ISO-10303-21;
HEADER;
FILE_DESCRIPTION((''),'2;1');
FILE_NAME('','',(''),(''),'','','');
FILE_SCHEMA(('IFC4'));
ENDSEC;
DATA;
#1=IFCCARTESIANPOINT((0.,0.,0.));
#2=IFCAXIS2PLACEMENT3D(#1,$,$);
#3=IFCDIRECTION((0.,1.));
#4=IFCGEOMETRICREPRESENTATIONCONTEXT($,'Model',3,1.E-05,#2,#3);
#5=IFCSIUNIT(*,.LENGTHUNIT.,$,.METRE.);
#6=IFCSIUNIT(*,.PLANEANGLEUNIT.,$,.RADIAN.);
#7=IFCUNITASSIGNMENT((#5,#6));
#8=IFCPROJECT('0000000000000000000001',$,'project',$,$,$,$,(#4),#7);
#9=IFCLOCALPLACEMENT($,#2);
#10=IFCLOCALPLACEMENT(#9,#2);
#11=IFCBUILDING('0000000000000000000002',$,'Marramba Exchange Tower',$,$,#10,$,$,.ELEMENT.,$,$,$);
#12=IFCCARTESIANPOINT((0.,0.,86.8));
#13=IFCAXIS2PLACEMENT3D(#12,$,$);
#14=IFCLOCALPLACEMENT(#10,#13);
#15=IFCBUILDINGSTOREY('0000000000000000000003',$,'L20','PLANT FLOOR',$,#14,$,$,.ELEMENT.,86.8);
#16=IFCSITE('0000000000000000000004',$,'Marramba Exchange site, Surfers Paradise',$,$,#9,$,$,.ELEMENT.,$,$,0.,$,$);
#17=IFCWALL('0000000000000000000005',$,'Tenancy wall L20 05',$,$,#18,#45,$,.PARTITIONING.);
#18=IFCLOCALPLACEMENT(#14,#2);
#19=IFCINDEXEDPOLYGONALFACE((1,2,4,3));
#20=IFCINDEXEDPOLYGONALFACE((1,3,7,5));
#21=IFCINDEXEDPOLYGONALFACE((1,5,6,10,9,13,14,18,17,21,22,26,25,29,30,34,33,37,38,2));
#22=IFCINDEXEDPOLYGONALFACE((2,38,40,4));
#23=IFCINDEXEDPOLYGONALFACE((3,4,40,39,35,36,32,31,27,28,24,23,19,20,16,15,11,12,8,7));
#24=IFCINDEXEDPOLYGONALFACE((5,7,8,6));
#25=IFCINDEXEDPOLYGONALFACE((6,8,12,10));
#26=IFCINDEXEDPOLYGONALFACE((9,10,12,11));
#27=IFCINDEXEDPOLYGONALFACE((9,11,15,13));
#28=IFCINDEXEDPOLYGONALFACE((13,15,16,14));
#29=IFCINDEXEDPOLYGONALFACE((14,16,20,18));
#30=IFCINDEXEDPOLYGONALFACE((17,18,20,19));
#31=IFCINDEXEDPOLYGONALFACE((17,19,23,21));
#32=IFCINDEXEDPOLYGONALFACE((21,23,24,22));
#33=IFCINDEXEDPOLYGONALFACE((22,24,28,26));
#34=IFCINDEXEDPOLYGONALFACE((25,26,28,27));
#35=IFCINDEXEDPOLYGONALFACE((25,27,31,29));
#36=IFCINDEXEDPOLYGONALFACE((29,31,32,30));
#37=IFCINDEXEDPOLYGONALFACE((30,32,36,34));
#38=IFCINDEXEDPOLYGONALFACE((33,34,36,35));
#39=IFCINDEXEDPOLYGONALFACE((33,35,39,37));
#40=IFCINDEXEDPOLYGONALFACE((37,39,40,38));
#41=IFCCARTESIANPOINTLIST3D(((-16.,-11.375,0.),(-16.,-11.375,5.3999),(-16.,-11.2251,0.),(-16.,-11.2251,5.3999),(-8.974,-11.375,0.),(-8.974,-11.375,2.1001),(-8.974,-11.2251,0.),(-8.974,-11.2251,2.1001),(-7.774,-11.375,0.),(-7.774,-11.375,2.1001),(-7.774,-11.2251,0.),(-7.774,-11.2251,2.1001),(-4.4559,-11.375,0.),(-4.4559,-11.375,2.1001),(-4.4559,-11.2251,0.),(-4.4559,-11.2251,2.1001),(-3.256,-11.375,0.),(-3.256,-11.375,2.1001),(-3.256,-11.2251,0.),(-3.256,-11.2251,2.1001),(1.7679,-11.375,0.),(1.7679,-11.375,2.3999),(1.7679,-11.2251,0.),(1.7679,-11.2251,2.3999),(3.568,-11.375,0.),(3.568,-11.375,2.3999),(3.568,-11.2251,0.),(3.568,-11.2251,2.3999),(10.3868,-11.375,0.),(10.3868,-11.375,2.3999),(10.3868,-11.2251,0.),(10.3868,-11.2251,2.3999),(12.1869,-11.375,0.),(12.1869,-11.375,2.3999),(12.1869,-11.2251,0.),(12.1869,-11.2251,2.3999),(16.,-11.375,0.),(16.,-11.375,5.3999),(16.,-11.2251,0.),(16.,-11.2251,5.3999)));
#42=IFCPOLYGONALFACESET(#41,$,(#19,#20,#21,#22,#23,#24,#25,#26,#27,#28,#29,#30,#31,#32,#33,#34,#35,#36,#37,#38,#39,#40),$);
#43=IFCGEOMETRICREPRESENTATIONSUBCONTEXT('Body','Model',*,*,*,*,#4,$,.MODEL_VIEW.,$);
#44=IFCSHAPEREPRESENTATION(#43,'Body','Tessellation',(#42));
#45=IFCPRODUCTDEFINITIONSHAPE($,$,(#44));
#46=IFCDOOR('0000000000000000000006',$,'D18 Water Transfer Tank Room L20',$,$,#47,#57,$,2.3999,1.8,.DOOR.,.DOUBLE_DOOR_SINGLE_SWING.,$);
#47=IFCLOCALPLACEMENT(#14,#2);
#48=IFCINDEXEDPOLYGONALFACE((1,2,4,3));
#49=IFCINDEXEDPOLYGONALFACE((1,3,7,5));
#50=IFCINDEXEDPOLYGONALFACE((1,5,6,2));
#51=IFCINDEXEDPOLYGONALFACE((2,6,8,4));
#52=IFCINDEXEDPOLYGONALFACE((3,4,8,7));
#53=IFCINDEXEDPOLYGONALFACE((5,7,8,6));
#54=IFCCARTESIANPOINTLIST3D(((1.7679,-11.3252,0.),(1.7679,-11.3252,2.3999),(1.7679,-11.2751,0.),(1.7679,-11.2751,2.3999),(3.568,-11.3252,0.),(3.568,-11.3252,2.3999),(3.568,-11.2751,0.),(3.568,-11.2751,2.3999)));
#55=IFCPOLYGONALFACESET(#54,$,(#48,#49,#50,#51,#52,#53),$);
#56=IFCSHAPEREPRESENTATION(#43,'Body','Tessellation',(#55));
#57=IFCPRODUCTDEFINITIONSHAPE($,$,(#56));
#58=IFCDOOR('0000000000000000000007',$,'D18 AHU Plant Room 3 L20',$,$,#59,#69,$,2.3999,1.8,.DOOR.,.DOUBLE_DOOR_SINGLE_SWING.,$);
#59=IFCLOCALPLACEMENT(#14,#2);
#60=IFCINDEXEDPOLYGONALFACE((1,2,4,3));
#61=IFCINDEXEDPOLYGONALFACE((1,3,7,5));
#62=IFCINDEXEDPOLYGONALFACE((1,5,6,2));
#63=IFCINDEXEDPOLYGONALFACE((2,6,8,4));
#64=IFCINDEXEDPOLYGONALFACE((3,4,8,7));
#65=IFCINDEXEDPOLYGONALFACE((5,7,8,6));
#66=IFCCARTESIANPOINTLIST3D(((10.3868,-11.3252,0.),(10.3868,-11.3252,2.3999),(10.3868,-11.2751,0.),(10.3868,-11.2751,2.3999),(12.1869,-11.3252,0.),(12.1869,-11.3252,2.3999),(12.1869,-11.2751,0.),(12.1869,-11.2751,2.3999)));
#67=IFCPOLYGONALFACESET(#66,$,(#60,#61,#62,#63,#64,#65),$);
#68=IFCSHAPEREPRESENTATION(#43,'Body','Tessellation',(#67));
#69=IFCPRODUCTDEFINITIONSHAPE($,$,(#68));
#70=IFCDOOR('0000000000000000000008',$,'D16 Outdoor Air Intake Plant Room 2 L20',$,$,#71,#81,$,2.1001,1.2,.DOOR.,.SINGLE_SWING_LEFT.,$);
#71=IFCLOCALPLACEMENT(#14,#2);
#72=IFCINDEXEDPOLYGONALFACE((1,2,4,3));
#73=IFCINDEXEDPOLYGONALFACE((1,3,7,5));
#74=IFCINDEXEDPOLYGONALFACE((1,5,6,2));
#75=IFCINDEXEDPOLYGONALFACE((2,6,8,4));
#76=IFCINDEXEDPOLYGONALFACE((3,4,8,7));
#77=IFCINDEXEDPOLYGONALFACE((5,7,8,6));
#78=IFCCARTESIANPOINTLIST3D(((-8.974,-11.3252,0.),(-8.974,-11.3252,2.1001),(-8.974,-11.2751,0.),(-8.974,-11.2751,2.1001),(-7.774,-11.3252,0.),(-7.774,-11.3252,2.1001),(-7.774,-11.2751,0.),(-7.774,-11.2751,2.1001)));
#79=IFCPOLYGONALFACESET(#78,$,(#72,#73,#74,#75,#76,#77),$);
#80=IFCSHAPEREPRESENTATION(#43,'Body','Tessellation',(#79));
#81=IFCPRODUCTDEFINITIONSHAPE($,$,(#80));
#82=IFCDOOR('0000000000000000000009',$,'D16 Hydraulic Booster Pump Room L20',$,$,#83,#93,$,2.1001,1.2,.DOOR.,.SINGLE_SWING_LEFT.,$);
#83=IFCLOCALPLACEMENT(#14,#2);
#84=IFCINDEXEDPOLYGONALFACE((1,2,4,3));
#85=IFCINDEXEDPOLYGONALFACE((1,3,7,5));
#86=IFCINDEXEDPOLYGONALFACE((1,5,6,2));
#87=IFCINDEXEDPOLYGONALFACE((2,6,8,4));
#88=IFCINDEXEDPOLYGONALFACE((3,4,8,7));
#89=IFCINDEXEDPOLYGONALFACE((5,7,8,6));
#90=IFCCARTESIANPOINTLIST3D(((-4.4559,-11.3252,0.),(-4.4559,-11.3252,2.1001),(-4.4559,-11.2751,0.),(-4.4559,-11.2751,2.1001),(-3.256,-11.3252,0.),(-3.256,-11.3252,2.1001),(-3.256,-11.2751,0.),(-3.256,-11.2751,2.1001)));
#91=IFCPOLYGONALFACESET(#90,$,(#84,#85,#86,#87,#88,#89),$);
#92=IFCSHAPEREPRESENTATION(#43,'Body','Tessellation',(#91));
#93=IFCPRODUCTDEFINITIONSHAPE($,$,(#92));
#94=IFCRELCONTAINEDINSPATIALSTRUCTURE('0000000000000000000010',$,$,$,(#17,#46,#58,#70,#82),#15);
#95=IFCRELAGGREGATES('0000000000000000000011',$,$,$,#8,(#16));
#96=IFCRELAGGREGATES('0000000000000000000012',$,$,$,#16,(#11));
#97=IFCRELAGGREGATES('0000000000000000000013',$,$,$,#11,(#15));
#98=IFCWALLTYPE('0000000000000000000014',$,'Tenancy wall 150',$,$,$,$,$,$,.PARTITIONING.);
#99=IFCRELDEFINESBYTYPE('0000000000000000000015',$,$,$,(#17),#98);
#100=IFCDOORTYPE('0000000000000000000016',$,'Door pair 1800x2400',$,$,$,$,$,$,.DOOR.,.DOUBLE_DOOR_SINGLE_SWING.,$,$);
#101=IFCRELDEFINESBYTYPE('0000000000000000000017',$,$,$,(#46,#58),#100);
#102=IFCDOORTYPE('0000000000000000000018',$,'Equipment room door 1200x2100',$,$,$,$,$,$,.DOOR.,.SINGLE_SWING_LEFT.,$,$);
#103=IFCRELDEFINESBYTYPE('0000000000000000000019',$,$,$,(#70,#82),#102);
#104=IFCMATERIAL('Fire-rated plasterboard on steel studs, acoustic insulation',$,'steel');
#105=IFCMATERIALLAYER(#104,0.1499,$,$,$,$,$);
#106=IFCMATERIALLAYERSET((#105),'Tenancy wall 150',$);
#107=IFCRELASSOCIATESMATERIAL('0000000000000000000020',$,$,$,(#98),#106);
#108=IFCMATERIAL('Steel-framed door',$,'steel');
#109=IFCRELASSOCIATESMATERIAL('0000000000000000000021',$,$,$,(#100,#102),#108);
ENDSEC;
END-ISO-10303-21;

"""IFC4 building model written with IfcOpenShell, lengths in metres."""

from ifc_helpers import new_model, si_unit, direction, frame, frame_2d, origin, place, context, subcontext, project, spatial, rectangle, extrude, material, layer, layer_set, type_object, element, fill, save


model = new_model("IFC4")

# Units and contexts
model_context = context("Model", 3, precision=1e-05, world=origin(), true_north=direction((0.0, 1.0)))
body_context = subcontext(model_context, "Body", "Model", "MODEL_VIEW")
ifc_project = project(units=[si_unit("LENGTHUNIT", "METRE"), si_unit("PLANEANGLEUNIT", "RADIAN")], contexts=[model_context])

# Site, building, storey
site_placement = place(None, origin())
site = spatial("IfcSite", under=ifc_project, at=site_placement, Name="Marramba Exchange site, Surfers Paradise", CompositionType="ELEMENT", RefElevation=0.0)
building_placement = place(site_placement, origin())
building = spatial("IfcBuilding", under=site, at=building_placement, Name="Marramba Exchange Tower", CompositionType="ELEMENT")
storey_placement = place(building_placement, frame((0.0, 0.0, 86.8)))
storey = spatial("IfcBuildingStorey", under=building, at=storey_placement, Name="L20", Description="PLANT FLOOR", CompositionType="ELEMENT", Elevation=86.8)

# Wall, openings, doors
ifc_material_1 = material(Name="Steel-framed door", Category="steel")
ifc_material_2 = material(Name="Fire-rated plasterboard on steel studs, acoustic insulation", Category="steel")
ifc_layer_1 = layer(ifc_material_2, 0.1499)
ifc_layer_set_1 = layer_set([ifc_layer_1], Name="Tenancy wall 150")
wall_type_1 = type_object("IfcWallType", Name="Tenancy wall 150", PredefinedType="PARTITIONING", material=ifc_layer_set_1)
wall_1_placement = place(storey_placement, frame((-16.0, -11.3, 0.0), z_axis=(0.0, 0.0, 1.0), x_axis=(1.0, 0.0, 0.0)))
wall_1 = element("IfcWall", 1, at=wall_1_placement, inside=storey, type_object=wall_type_1, Name="Tenancy wall L20 05", PredefinedType="PARTITIONING", context=body_context, shape_type="SweptSolid", body=[
    extrude(rectangle(XDim=32.0, YDim=0.1499, at=frame_2d((16.0, 0.0))), origin(), (0.0, 0.0, 1.0), 5.3999),
])
opening_1_placement = place(wall_1_placement, frame((7.0259, 0.0, 0.0)))
opening_1 = element("IfcOpeningElement", 2, at=opening_1_placement, cuts=wall_1, PredefinedType="OPENING", context=body_context, shape_type="SweptSolid", body=[
    extrude(rectangle(XDim=1.2, YDim=2.1001, at=frame_2d((0.6001, 1.05))), frame((0.0, 0.085, 0.0), z_axis=(0.0, -1.0, 0.0), x_axis=(1.0, 0.0, 0.0)), (0.0, 0.0, 1.0), 0.1699),
])
opening_2_placement = place(wall_1_placement, frame((11.5439, 0.0, 0.0)))
opening_2 = element("IfcOpeningElement", 3, at=opening_2_placement, cuts=wall_1, PredefinedType="OPENING", context=body_context, shape_type="SweptSolid", body=[
    extrude(rectangle(XDim=1.2, YDim=2.1001, at=frame_2d((0.6001, 1.05))), frame((0.0, 0.085, 0.0), z_axis=(0.0, -1.0, 0.0), x_axis=(1.0, 0.0, 0.0)), (0.0, 0.0, 1.0), 0.1699),
])
opening_3_placement = place(wall_1_placement, frame((17.7681, 0.0, 0.0)))
opening_3 = element("IfcOpeningElement", 4, at=opening_3_placement, cuts=wall_1, PredefinedType="OPENING", context=body_context, shape_type="SweptSolid", body=[
    extrude(rectangle(XDim=1.8, YDim=2.3999, at=frame_2d((0.8999, 1.2))), frame((0.0, 0.085, 0.0), z_axis=(0.0, -1.0, 0.0), x_axis=(1.0, 0.0, 0.0)), (0.0, 0.0, 1.0), 0.1699),
])
opening_4_placement = place(wall_1_placement, frame((26.387, 0.0, 0.0)))
opening_4 = element("IfcOpeningElement", 5, at=opening_4_placement, cuts=wall_1, PredefinedType="OPENING", context=body_context, shape_type="SweptSolid", body=[
    extrude(rectangle(XDim=1.8, YDim=2.3999, at=frame_2d((0.8999, 1.2))), frame((0.0, 0.085, 0.0), z_axis=(0.0, -1.0, 0.0), x_axis=(1.0, 0.0, 0.0)), (0.0, 0.0, 1.0), 0.1699),
])
door_type_1 = type_object("IfcDoorType", Name="Door pair 1800x2400", OperationType="DOUBLE_DOOR_SINGLE_SWING", PredefinedType="DOOR", material=ifc_material_1)
door_1_placement = place(opening_3_placement, origin())
door_1 = element("IfcDoor", 6, at=door_1_placement, inside=storey, type_object=door_type_1, Name="D18 Water Transfer Tank Room L20", OperationType="DOUBLE_DOOR_SINGLE_SWING", OverallHeight=2.3999, OverallWidth=1.8, PredefinedType="DOOR", context=body_context, shape_type="SweptSolid", body=[
    extrude(rectangle(XDim=1.8, YDim=2.3999, at=frame_2d((0.8999, 1.2))), frame((0.0, 0.0249, 0.0), z_axis=(0.0, -1.0, 0.0), x_axis=(1.0, 0.0, 0.0)), (0.0, 0.0, 1.0), 0.05),
])
fill(opening_3, door_1)
door_2_placement = place(opening_4_placement, origin())
door_2 = element("IfcDoor", 7, at=door_2_placement, inside=storey, type_object=door_type_1, Name="D18 AHU Plant Room 3 L20", OperationType="DOUBLE_DOOR_SINGLE_SWING", OverallHeight=2.3999, OverallWidth=1.8, PredefinedType="DOOR", context=body_context, shape_type="SweptSolid", body=[
    extrude(rectangle(XDim=1.8, YDim=2.3999, at=frame_2d((0.8999, 1.2))), frame((0.0, 0.0249, 0.0), z_axis=(0.0, -1.0, 0.0), x_axis=(1.0, 0.0, 0.0)), (0.0, 0.0, 1.0), 0.05),
])
fill(opening_4, door_2)
door_type_2 = type_object("IfcDoorType", Name="Equipment room door 1200x2100", OperationType="SINGLE_SWING_LEFT", PredefinedType="DOOR", material=ifc_material_1)
door_3_placement = place(opening_1_placement, frame((1.2, 0.0, 0.0), z_axis=(0.0, 0.0, 1.0), x_axis=(-1.0, 0.0, 0.0)))
door_3 = element("IfcDoor", 8, at=door_3_placement, inside=storey, type_object=door_type_2, Name="D16 Outdoor Air Intake Plant Room 2 L20", OperationType="SINGLE_SWING_LEFT", OverallHeight=2.1001, OverallWidth=1.2, PredefinedType="DOOR", context=body_context, shape_type="SweptSolid", body=[
    extrude(rectangle(XDim=1.2, YDim=2.1001, at=frame_2d((0.5999, 1.05))), frame((0.0, 0.0251, 0.0), z_axis=(0.0, -1.0, 0.0), x_axis=(1.0, 0.0, 0.0)), (0.0, 0.0, 1.0), 0.05),
])
fill(opening_1, door_3)
door_4_placement = place(opening_2_placement, origin())
door_4 = element("IfcDoor", 9, at=door_4_placement, inside=storey, type_object=door_type_2, Name="D16 Hydraulic Booster Pump Room L20", OperationType="SINGLE_SWING_LEFT", OverallHeight=2.1001, OverallWidth=1.2, PredefinedType="DOOR", context=body_context, shape_type="SweptSolid", body=[
    extrude(rectangle(XDim=1.2, YDim=2.1001, at=frame_2d((0.6001, 1.05))), frame((0.0, 0.0249, 0.0), z_axis=(0.0, -1.0, 0.0), x_axis=(1.0, 0.0, 0.0)), (0.0, 0.0, 1.0), 0.05),
])
fill(opening_2, door_4)

save(model, "model.ifc")
